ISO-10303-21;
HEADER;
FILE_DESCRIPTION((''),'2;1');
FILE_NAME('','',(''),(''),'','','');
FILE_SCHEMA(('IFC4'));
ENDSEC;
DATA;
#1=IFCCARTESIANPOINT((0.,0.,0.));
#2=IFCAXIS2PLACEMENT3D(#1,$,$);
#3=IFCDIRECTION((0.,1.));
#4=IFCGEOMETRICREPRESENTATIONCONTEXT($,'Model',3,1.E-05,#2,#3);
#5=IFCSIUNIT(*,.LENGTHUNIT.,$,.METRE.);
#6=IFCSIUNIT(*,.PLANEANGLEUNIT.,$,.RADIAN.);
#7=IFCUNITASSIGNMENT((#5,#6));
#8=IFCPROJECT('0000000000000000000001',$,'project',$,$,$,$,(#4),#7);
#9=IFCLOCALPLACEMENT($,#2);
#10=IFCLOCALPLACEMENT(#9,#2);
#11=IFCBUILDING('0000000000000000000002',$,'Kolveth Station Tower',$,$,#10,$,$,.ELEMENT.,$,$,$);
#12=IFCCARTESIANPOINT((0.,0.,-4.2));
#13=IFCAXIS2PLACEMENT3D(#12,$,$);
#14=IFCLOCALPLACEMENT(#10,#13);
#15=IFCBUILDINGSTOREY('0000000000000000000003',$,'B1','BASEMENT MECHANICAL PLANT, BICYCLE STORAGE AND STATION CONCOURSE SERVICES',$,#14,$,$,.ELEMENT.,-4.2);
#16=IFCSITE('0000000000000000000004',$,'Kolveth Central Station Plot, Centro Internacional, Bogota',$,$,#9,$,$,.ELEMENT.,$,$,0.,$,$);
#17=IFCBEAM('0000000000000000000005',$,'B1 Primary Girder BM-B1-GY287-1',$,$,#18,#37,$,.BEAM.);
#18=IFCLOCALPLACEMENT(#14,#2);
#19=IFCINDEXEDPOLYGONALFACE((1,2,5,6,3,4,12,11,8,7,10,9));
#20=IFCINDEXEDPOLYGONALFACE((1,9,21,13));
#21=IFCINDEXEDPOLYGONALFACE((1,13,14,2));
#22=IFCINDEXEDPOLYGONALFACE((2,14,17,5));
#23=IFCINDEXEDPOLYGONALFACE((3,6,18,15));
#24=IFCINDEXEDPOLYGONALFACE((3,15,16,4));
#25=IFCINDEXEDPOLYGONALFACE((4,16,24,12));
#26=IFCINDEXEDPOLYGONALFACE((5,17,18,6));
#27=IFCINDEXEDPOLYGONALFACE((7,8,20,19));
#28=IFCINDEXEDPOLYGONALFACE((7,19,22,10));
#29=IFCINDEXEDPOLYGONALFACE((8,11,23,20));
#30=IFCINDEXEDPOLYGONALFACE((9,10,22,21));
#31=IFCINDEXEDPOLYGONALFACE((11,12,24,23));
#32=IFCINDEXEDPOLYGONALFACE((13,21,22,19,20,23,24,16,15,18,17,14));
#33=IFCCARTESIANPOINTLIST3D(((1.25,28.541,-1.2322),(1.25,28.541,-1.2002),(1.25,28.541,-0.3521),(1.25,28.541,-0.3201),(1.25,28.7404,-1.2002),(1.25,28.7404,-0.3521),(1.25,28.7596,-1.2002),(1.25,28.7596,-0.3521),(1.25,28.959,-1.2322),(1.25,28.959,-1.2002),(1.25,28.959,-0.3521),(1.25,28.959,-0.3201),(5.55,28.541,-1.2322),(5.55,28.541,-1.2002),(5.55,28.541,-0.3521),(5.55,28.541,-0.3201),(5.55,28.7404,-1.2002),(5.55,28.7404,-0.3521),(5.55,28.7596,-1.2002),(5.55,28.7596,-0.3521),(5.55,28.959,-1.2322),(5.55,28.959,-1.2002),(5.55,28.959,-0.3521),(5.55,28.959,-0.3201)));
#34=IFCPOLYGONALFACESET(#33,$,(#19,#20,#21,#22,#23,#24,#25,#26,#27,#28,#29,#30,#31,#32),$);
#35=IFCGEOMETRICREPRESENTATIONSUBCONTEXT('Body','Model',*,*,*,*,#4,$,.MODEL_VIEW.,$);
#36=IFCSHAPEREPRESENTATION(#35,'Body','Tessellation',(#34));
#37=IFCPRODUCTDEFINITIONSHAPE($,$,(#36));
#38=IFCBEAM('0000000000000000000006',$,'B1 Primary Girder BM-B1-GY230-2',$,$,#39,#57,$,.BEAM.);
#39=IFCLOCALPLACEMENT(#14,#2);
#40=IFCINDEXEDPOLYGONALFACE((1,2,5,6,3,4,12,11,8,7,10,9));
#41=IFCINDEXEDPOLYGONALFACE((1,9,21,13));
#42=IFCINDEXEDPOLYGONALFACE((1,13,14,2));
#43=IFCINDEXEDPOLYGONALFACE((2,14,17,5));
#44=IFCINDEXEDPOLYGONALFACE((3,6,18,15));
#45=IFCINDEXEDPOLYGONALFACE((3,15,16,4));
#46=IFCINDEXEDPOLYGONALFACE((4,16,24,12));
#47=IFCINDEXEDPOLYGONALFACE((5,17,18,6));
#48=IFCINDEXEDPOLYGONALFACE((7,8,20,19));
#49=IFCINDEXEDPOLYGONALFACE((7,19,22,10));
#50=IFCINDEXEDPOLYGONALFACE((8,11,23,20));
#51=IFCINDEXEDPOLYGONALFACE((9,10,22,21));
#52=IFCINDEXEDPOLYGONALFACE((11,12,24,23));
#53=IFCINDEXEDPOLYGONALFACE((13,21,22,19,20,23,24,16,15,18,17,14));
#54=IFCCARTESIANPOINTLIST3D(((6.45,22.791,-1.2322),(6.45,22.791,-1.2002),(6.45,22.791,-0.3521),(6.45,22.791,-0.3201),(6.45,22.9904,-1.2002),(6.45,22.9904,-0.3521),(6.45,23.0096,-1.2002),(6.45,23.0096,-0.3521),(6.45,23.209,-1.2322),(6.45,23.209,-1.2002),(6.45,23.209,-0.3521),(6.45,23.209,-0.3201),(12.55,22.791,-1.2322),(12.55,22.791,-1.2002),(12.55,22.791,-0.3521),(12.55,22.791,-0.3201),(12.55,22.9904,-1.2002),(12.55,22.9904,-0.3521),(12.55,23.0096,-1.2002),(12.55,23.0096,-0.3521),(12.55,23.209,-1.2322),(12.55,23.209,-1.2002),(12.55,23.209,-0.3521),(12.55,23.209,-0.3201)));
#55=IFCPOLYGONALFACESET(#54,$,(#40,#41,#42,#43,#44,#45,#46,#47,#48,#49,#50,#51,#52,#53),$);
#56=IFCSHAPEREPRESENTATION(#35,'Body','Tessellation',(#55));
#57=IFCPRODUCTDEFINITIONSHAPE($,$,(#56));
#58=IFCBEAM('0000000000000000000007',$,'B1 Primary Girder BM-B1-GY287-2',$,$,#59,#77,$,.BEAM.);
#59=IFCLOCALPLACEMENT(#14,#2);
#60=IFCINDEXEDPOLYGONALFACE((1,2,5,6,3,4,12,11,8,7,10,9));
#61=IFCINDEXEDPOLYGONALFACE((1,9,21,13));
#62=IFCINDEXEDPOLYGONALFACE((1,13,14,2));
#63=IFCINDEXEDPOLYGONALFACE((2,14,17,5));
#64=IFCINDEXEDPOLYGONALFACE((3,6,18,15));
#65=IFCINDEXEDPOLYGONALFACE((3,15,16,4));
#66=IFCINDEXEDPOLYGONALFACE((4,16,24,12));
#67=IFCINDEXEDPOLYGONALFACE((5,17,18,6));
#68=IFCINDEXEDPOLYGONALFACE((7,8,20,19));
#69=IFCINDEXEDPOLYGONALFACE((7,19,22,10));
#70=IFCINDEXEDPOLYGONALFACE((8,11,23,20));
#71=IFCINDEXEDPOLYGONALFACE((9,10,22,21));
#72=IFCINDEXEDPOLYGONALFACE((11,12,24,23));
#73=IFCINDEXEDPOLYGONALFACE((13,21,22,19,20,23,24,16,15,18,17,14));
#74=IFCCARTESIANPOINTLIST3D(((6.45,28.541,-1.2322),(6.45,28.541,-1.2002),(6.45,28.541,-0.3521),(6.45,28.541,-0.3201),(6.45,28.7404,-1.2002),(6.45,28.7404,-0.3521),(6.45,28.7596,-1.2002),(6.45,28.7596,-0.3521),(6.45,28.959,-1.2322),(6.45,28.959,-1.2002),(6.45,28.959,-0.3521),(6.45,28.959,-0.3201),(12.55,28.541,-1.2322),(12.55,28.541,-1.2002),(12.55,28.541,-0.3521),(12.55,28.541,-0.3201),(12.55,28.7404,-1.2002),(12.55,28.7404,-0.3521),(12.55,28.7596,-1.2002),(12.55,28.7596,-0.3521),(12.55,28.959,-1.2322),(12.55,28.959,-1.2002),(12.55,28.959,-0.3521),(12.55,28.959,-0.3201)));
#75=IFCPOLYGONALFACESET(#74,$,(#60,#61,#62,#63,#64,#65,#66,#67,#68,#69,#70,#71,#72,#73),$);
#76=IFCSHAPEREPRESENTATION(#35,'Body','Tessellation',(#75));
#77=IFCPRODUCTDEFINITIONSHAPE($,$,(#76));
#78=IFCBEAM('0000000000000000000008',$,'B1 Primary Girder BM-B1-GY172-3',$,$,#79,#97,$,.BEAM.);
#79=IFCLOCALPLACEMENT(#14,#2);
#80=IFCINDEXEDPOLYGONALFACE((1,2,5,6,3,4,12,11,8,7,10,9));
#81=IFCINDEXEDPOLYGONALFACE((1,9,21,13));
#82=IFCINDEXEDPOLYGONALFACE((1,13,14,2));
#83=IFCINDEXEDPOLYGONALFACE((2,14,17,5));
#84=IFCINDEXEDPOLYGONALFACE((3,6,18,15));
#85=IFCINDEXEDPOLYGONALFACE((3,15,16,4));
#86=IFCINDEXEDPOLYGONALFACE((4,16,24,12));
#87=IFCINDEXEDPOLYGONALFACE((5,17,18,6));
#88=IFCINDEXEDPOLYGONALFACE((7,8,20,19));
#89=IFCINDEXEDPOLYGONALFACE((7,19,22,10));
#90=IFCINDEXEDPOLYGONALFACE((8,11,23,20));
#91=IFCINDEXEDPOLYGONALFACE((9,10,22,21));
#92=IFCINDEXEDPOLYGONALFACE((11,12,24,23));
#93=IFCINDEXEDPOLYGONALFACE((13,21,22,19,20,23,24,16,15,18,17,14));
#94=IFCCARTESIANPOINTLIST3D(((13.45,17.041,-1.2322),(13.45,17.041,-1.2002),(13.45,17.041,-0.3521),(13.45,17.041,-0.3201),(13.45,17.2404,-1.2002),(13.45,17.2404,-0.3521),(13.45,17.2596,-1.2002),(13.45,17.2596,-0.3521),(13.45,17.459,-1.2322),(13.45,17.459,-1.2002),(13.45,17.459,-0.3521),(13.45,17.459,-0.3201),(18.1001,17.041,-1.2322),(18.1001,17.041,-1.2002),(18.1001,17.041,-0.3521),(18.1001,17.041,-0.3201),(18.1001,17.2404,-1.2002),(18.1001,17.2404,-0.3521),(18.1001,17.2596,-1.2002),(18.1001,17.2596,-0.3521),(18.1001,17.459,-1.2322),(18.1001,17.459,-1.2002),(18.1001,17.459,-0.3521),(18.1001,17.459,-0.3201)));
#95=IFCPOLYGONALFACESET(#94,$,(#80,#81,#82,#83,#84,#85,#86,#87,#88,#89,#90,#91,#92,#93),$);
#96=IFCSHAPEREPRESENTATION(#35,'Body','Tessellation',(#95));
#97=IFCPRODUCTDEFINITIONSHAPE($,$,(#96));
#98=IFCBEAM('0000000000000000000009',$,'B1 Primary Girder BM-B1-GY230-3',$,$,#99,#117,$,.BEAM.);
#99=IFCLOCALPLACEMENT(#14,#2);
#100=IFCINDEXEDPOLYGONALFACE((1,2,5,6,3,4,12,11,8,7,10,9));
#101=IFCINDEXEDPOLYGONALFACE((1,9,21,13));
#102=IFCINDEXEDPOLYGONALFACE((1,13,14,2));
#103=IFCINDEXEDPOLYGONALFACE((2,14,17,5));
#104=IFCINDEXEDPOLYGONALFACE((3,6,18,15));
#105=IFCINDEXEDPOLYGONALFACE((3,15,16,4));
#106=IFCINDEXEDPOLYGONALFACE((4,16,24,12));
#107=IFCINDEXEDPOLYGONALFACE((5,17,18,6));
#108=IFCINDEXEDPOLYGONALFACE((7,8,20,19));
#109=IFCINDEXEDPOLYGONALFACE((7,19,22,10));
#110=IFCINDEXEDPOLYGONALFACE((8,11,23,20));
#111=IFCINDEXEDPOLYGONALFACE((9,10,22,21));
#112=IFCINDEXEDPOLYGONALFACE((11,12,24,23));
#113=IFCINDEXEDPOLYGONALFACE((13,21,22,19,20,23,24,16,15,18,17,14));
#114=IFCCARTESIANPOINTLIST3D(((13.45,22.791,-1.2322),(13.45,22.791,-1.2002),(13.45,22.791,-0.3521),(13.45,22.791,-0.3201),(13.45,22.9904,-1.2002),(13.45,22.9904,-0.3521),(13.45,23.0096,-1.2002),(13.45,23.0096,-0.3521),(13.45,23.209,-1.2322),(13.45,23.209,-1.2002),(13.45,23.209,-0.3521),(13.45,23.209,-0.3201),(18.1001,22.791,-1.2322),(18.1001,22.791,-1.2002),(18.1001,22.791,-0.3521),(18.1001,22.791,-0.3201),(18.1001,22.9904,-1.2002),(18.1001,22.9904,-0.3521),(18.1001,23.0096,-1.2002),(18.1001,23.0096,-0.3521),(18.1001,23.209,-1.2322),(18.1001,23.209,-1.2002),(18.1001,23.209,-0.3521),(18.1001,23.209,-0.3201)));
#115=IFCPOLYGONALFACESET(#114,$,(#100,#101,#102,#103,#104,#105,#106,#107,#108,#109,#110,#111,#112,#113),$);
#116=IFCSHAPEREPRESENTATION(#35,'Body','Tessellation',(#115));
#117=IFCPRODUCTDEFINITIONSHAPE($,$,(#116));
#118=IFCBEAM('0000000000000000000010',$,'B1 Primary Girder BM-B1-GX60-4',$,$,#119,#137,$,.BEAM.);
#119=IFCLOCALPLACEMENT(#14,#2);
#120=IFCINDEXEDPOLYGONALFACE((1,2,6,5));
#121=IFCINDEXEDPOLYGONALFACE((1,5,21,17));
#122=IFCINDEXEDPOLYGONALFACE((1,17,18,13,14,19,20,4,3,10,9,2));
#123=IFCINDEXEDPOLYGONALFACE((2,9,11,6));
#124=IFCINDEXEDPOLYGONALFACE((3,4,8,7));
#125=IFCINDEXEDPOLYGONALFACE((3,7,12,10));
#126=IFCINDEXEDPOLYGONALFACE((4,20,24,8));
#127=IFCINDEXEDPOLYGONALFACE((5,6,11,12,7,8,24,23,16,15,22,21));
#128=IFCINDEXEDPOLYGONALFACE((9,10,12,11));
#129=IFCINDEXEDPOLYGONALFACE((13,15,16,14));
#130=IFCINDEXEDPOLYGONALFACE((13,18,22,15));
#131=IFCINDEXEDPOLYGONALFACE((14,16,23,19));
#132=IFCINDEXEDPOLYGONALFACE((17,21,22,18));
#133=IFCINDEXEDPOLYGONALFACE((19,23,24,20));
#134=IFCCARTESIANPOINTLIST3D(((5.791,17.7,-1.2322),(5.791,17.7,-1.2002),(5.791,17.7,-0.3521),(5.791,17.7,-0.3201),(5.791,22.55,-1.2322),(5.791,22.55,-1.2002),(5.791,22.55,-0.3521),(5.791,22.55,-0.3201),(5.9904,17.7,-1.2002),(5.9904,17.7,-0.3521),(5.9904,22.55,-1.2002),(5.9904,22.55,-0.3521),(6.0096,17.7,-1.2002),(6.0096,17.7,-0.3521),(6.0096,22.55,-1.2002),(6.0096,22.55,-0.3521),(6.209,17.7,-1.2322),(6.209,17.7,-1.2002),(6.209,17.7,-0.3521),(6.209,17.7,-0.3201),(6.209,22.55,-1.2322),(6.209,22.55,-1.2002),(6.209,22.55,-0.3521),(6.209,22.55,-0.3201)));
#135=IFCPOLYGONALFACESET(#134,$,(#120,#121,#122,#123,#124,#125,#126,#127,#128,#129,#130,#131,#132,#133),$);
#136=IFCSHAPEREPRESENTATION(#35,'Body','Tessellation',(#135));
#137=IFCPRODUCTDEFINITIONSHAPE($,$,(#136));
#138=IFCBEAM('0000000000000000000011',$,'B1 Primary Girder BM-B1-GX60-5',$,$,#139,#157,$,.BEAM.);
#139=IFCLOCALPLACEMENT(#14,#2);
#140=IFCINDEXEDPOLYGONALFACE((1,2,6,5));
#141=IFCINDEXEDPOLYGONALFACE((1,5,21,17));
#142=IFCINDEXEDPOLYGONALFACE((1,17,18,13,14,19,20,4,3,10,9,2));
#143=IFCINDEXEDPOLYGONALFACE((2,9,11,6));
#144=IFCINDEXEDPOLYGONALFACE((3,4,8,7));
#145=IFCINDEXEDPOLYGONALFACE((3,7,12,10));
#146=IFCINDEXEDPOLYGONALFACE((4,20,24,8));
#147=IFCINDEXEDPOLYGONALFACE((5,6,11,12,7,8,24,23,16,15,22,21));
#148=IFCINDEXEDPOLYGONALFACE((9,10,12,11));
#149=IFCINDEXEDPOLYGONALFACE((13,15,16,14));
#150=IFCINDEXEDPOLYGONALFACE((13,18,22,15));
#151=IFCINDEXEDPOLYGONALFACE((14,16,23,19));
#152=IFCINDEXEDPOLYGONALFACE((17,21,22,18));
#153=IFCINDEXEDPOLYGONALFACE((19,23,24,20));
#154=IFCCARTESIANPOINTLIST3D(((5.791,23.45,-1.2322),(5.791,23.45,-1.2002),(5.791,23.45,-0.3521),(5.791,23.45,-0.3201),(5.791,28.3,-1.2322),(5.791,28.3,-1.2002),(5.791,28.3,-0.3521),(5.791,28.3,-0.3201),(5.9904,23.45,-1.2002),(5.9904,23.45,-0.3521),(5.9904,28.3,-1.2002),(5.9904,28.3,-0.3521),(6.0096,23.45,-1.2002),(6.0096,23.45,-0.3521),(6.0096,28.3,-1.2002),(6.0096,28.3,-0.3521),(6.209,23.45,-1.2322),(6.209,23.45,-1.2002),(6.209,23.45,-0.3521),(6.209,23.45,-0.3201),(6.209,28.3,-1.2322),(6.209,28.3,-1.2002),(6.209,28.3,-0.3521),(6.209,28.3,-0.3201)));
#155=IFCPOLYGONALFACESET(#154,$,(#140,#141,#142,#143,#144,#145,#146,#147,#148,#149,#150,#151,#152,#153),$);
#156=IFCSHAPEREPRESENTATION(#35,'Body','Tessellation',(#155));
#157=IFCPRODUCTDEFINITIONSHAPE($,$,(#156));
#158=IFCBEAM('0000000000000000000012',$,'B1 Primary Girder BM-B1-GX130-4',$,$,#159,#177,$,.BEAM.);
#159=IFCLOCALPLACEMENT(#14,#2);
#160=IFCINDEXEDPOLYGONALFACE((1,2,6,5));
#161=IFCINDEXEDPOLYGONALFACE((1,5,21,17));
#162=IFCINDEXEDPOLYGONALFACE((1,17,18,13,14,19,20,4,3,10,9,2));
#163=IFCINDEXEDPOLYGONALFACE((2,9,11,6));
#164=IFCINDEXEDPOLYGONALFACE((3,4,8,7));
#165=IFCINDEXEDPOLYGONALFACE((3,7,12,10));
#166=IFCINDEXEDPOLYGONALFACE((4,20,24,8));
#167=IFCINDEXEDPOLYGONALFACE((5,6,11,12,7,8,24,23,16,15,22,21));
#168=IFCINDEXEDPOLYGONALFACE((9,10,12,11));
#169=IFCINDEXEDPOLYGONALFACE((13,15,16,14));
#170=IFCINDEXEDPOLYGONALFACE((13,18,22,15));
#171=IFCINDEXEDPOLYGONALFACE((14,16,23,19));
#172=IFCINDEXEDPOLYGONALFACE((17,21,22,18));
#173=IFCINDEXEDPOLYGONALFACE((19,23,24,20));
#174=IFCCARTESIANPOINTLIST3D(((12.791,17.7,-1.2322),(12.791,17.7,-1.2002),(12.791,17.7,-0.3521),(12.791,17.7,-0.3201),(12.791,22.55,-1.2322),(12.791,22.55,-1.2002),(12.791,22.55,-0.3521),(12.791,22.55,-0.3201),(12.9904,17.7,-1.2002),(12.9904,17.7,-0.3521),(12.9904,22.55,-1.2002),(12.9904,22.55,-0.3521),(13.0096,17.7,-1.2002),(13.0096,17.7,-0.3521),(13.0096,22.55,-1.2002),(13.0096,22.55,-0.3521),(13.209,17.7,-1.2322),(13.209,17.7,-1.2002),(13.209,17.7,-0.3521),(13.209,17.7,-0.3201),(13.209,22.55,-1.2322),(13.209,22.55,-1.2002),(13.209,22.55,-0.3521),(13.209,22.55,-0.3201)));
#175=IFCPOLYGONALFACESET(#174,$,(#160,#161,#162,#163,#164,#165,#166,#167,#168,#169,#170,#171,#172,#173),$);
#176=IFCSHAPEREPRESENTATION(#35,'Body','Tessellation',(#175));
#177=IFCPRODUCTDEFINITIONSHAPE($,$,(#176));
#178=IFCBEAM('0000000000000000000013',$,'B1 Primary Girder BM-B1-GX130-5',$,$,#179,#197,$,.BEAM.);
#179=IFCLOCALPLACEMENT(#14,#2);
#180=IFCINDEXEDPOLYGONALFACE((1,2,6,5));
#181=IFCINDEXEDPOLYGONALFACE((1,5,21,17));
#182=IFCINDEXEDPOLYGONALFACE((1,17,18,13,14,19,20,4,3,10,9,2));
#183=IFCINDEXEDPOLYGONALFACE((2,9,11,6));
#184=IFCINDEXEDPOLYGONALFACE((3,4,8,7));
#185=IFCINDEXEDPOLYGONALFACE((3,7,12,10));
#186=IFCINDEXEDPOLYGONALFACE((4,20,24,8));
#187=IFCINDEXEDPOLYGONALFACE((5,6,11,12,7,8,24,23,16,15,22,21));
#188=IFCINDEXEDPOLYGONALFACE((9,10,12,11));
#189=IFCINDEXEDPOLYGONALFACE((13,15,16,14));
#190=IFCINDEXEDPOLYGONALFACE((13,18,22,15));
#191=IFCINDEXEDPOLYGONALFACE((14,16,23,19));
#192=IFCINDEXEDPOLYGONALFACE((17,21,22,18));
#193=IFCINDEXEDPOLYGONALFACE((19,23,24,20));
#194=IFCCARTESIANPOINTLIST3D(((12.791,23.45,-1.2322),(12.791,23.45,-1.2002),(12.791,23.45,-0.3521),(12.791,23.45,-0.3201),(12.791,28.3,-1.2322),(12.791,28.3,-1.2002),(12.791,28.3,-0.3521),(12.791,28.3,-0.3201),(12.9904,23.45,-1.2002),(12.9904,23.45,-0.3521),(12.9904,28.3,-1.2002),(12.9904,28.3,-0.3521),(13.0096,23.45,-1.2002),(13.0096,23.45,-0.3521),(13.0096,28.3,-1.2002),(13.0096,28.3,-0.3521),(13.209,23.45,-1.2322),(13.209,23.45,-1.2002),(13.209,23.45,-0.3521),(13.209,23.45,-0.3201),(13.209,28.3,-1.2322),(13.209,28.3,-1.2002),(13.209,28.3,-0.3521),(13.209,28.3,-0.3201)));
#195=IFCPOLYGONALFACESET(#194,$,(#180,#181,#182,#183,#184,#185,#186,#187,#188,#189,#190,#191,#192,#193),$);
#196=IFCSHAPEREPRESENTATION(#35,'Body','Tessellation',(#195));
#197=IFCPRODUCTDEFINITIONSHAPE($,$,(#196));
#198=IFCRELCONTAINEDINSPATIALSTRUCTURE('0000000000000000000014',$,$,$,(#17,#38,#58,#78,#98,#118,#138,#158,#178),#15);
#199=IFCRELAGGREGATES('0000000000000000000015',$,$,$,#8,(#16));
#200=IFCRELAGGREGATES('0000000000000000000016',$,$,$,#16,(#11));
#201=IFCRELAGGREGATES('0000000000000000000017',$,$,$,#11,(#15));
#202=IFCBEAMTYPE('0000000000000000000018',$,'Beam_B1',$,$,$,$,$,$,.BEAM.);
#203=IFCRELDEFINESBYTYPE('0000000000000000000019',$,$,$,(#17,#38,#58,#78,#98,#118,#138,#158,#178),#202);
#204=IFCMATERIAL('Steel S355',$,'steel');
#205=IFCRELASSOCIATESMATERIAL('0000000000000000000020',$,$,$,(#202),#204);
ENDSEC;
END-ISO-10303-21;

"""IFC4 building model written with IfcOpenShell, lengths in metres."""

from ifc_helpers import new_model, si_unit, direction, frame, origin, origin_2d, place, context, subcontext, project, spatial, i_section, extrude, source, transform, mapped, material, material_profile, profile_set, type_object, element, save


model = new_model("IFC4")

# Units and contexts
model_context = context("Model", 3, precision=1e-05, world=origin(), true_north=direction((0.0, 1.0)))
body_context = subcontext(model_context, "Body", "Model", "MODEL_VIEW")
ifc_project = project(units=[si_unit("LENGTHUNIT", "METRE"), si_unit("PLANEANGLEUNIT", "RADIAN")], contexts=[model_context])

# Site, building, storey
site_placement = place(None, origin())
site = spatial("IfcSite", under=ifc_project, at=site_placement, Name="Kolveth Central Station Plot, Centro Internacional, Bogota", CompositionType="ELEMENT", RefElevation=0.0)
building_placement = place(site_placement, origin())
building = spatial("IfcBuilding", under=site, at=building_placement, Name="Kolveth Station Tower", CompositionType="ELEMENT")
storey_placement = place(building_placement, frame((0.0, 0.0, -4.2)))
storey = spatial("IfcBuildingStorey", under=building, at=storey_placement, Name="B1", Description="BASEMENT MECHANICAL PLANT, BICYCLE STORAGE AND STATION CONCOURSE SERVICES", CompositionType="ELEMENT", Elevation=-4.2)

# Beams
ifc_material_1 = material(Name="Steel S355", Category="steel")
ifc_material_profile_1 = material_profile(ifc_material_1, i_section(OverallWidth=0.418, OverallDepth=0.9121, WebThickness=0.0193, FlangeThickness=0.032, at=origin_2d()), Name="W920x342")
ifc_profile_set_1 = profile_set([ifc_material_profile_1], Name="Steel S355")
beam_type_1 = type_object("IfcBeamType", Name="Beam_B1", PredefinedType="BEAM", material=ifc_profile_set_1)
shared_shape_1 = source(origin(), body_context, "Body", "SweptSolid", [
    extrude(i_section(OverallWidth=0.418, OverallDepth=0.9121, WebThickness=0.0193, FlangeThickness=0.032, at=origin_2d()), origin(), (0.0, 0.0, 1.0), 4.3),
])
for number, where, z_axis, x_axis, name in (
    (1, (1.25, 28.75, -0.7761), (1.0, 0.0, 0.0), (0.0, 1.0, 0.0), "B1 Primary Girder BM-B1-GY287-1"),
):
    element("IfcBeam", number, at=place(storey_placement, frame(where, z_axis=z_axis, x_axis=x_axis)), inside=storey, type_object=beam_type_1, Name=name, PredefinedType="BEAM", context=body_context, shape_type="MappedRepresentation", body=[
        mapped(shared_shape_1, transform((0.0, 0.0, 0.0), x_axis=(1.0, 0.0, 0.0), y_axis=(0.0, 1.0, 0.0), z_axis=(0.0, 0.0, 1.0), scale=1.0)),
    ])
shared_shape_2 = source(origin(), body_context, "Body", "SweptSolid", [
    extrude(i_section(OverallWidth=0.418, OverallDepth=0.9121, WebThickness=0.0193, FlangeThickness=0.032, at=origin_2d()), origin(), (0.0, 0.0, 1.0), 6.1001),
])
for number, where, z_axis, x_axis, name in (
    (2, (6.45, 23.0, -0.7761), (1.0, 0.0, 0.0), (0.0, 1.0, 0.0), "B1 Primary Girder BM-B1-GY230-2"),
    (3, (6.45, 28.75, -0.7761), (1.0, 0.0, 0.0), (0.0, 1.0, 0.0), "B1 Primary Girder BM-B1-GY287-2"),
):
    element("IfcBeam", number, at=place(storey_placement, frame(where, z_axis=z_axis, x_axis=x_axis)), inside=storey, type_object=beam_type_1, Name=name, PredefinedType="BEAM", context=body_context, shape_type="MappedRepresentation", body=[
        mapped(shared_shape_2, transform((0.0, 0.0, 0.0), x_axis=(1.0, 0.0, 0.0), y_axis=(0.0, 1.0, 0.0), z_axis=(0.0, 0.0, 1.0), scale=1.0)),
    ])
shared_shape_3 = source(origin(), body_context, "Body", "SweptSolid", [
    extrude(i_section(OverallWidth=0.418, OverallDepth=0.9121, WebThickness=0.0193, FlangeThickness=0.032, at=origin_2d()), origin(), (0.0, 0.0, 1.0), 4.6501),
])
for number, where, z_axis, x_axis, name in (
    (4, (13.45, 17.25, -0.7761), (1.0, 0.0, 0.0), (0.0, 1.0, 0.0), "B1 Primary Girder BM-B1-GY172-3"),
    (5, (13.45, 23.0, -0.7761), (1.0, 0.0, 0.0), (0.0, 1.0, 0.0), "B1 Primary Girder BM-B1-GY230-3"),
):
    element("IfcBeam", number, at=place(storey_placement, frame(where, z_axis=z_axis, x_axis=x_axis)), inside=storey, type_object=beam_type_1, Name=name, PredefinedType="BEAM", context=body_context, shape_type="MappedRepresentation", body=[
        mapped(shared_shape_3, transform((0.0, 0.0, 0.0), x_axis=(1.0, 0.0, 0.0), y_axis=(0.0, 1.0, 0.0), z_axis=(0.0, 0.0, 1.0), scale=1.0)),
    ])
shared_shape_4 = source(origin(), body_context, "Body", "SweptSolid", [
    extrude(i_section(OverallWidth=0.418, OverallDepth=0.9121, WebThickness=0.0193, FlangeThickness=0.032, at=origin_2d()), origin(), (0.0, 0.0, 1.0), 4.8501),
])
for number, where, z_axis, x_axis, name in (
    (6, (6.0, 17.7, -0.7761), (0.0, 1.0, 0.0), (-1.0, 0.0, 0.0), "B1 Primary Girder BM-B1-GX60-4"),
    (7, (6.0, 23.45, -0.7761), (0.0, 1.0, 0.0), (-1.0, 0.0, 0.0), "B1 Primary Girder BM-B1-GX60-5"),
    (8, (13.0, 17.7, -0.7761), (0.0, 1.0, 0.0), (-1.0, 0.0, 0.0), "B1 Primary Girder BM-B1-GX130-4"),
    (9, (13.0, 23.45, -0.7761), (0.0, 1.0, 0.0), (-1.0, 0.0, 0.0), "B1 Primary Girder BM-B1-GX130-5"),
):
    element("IfcBeam", number, at=place(storey_placement, frame(where, z_axis=z_axis, x_axis=x_axis)), inside=storey, type_object=beam_type_1, Name=name, PredefinedType="BEAM", context=body_context, shape_type="MappedRepresentation", body=[
        mapped(shared_shape_4, transform((0.0, 0.0, 0.0), x_axis=(1.0, 0.0, 0.0), y_axis=(0.0, 1.0, 0.0), z_axis=(0.0, 0.0, 1.0), scale=1.0)),
    ])

save(model, "model.ifc")
